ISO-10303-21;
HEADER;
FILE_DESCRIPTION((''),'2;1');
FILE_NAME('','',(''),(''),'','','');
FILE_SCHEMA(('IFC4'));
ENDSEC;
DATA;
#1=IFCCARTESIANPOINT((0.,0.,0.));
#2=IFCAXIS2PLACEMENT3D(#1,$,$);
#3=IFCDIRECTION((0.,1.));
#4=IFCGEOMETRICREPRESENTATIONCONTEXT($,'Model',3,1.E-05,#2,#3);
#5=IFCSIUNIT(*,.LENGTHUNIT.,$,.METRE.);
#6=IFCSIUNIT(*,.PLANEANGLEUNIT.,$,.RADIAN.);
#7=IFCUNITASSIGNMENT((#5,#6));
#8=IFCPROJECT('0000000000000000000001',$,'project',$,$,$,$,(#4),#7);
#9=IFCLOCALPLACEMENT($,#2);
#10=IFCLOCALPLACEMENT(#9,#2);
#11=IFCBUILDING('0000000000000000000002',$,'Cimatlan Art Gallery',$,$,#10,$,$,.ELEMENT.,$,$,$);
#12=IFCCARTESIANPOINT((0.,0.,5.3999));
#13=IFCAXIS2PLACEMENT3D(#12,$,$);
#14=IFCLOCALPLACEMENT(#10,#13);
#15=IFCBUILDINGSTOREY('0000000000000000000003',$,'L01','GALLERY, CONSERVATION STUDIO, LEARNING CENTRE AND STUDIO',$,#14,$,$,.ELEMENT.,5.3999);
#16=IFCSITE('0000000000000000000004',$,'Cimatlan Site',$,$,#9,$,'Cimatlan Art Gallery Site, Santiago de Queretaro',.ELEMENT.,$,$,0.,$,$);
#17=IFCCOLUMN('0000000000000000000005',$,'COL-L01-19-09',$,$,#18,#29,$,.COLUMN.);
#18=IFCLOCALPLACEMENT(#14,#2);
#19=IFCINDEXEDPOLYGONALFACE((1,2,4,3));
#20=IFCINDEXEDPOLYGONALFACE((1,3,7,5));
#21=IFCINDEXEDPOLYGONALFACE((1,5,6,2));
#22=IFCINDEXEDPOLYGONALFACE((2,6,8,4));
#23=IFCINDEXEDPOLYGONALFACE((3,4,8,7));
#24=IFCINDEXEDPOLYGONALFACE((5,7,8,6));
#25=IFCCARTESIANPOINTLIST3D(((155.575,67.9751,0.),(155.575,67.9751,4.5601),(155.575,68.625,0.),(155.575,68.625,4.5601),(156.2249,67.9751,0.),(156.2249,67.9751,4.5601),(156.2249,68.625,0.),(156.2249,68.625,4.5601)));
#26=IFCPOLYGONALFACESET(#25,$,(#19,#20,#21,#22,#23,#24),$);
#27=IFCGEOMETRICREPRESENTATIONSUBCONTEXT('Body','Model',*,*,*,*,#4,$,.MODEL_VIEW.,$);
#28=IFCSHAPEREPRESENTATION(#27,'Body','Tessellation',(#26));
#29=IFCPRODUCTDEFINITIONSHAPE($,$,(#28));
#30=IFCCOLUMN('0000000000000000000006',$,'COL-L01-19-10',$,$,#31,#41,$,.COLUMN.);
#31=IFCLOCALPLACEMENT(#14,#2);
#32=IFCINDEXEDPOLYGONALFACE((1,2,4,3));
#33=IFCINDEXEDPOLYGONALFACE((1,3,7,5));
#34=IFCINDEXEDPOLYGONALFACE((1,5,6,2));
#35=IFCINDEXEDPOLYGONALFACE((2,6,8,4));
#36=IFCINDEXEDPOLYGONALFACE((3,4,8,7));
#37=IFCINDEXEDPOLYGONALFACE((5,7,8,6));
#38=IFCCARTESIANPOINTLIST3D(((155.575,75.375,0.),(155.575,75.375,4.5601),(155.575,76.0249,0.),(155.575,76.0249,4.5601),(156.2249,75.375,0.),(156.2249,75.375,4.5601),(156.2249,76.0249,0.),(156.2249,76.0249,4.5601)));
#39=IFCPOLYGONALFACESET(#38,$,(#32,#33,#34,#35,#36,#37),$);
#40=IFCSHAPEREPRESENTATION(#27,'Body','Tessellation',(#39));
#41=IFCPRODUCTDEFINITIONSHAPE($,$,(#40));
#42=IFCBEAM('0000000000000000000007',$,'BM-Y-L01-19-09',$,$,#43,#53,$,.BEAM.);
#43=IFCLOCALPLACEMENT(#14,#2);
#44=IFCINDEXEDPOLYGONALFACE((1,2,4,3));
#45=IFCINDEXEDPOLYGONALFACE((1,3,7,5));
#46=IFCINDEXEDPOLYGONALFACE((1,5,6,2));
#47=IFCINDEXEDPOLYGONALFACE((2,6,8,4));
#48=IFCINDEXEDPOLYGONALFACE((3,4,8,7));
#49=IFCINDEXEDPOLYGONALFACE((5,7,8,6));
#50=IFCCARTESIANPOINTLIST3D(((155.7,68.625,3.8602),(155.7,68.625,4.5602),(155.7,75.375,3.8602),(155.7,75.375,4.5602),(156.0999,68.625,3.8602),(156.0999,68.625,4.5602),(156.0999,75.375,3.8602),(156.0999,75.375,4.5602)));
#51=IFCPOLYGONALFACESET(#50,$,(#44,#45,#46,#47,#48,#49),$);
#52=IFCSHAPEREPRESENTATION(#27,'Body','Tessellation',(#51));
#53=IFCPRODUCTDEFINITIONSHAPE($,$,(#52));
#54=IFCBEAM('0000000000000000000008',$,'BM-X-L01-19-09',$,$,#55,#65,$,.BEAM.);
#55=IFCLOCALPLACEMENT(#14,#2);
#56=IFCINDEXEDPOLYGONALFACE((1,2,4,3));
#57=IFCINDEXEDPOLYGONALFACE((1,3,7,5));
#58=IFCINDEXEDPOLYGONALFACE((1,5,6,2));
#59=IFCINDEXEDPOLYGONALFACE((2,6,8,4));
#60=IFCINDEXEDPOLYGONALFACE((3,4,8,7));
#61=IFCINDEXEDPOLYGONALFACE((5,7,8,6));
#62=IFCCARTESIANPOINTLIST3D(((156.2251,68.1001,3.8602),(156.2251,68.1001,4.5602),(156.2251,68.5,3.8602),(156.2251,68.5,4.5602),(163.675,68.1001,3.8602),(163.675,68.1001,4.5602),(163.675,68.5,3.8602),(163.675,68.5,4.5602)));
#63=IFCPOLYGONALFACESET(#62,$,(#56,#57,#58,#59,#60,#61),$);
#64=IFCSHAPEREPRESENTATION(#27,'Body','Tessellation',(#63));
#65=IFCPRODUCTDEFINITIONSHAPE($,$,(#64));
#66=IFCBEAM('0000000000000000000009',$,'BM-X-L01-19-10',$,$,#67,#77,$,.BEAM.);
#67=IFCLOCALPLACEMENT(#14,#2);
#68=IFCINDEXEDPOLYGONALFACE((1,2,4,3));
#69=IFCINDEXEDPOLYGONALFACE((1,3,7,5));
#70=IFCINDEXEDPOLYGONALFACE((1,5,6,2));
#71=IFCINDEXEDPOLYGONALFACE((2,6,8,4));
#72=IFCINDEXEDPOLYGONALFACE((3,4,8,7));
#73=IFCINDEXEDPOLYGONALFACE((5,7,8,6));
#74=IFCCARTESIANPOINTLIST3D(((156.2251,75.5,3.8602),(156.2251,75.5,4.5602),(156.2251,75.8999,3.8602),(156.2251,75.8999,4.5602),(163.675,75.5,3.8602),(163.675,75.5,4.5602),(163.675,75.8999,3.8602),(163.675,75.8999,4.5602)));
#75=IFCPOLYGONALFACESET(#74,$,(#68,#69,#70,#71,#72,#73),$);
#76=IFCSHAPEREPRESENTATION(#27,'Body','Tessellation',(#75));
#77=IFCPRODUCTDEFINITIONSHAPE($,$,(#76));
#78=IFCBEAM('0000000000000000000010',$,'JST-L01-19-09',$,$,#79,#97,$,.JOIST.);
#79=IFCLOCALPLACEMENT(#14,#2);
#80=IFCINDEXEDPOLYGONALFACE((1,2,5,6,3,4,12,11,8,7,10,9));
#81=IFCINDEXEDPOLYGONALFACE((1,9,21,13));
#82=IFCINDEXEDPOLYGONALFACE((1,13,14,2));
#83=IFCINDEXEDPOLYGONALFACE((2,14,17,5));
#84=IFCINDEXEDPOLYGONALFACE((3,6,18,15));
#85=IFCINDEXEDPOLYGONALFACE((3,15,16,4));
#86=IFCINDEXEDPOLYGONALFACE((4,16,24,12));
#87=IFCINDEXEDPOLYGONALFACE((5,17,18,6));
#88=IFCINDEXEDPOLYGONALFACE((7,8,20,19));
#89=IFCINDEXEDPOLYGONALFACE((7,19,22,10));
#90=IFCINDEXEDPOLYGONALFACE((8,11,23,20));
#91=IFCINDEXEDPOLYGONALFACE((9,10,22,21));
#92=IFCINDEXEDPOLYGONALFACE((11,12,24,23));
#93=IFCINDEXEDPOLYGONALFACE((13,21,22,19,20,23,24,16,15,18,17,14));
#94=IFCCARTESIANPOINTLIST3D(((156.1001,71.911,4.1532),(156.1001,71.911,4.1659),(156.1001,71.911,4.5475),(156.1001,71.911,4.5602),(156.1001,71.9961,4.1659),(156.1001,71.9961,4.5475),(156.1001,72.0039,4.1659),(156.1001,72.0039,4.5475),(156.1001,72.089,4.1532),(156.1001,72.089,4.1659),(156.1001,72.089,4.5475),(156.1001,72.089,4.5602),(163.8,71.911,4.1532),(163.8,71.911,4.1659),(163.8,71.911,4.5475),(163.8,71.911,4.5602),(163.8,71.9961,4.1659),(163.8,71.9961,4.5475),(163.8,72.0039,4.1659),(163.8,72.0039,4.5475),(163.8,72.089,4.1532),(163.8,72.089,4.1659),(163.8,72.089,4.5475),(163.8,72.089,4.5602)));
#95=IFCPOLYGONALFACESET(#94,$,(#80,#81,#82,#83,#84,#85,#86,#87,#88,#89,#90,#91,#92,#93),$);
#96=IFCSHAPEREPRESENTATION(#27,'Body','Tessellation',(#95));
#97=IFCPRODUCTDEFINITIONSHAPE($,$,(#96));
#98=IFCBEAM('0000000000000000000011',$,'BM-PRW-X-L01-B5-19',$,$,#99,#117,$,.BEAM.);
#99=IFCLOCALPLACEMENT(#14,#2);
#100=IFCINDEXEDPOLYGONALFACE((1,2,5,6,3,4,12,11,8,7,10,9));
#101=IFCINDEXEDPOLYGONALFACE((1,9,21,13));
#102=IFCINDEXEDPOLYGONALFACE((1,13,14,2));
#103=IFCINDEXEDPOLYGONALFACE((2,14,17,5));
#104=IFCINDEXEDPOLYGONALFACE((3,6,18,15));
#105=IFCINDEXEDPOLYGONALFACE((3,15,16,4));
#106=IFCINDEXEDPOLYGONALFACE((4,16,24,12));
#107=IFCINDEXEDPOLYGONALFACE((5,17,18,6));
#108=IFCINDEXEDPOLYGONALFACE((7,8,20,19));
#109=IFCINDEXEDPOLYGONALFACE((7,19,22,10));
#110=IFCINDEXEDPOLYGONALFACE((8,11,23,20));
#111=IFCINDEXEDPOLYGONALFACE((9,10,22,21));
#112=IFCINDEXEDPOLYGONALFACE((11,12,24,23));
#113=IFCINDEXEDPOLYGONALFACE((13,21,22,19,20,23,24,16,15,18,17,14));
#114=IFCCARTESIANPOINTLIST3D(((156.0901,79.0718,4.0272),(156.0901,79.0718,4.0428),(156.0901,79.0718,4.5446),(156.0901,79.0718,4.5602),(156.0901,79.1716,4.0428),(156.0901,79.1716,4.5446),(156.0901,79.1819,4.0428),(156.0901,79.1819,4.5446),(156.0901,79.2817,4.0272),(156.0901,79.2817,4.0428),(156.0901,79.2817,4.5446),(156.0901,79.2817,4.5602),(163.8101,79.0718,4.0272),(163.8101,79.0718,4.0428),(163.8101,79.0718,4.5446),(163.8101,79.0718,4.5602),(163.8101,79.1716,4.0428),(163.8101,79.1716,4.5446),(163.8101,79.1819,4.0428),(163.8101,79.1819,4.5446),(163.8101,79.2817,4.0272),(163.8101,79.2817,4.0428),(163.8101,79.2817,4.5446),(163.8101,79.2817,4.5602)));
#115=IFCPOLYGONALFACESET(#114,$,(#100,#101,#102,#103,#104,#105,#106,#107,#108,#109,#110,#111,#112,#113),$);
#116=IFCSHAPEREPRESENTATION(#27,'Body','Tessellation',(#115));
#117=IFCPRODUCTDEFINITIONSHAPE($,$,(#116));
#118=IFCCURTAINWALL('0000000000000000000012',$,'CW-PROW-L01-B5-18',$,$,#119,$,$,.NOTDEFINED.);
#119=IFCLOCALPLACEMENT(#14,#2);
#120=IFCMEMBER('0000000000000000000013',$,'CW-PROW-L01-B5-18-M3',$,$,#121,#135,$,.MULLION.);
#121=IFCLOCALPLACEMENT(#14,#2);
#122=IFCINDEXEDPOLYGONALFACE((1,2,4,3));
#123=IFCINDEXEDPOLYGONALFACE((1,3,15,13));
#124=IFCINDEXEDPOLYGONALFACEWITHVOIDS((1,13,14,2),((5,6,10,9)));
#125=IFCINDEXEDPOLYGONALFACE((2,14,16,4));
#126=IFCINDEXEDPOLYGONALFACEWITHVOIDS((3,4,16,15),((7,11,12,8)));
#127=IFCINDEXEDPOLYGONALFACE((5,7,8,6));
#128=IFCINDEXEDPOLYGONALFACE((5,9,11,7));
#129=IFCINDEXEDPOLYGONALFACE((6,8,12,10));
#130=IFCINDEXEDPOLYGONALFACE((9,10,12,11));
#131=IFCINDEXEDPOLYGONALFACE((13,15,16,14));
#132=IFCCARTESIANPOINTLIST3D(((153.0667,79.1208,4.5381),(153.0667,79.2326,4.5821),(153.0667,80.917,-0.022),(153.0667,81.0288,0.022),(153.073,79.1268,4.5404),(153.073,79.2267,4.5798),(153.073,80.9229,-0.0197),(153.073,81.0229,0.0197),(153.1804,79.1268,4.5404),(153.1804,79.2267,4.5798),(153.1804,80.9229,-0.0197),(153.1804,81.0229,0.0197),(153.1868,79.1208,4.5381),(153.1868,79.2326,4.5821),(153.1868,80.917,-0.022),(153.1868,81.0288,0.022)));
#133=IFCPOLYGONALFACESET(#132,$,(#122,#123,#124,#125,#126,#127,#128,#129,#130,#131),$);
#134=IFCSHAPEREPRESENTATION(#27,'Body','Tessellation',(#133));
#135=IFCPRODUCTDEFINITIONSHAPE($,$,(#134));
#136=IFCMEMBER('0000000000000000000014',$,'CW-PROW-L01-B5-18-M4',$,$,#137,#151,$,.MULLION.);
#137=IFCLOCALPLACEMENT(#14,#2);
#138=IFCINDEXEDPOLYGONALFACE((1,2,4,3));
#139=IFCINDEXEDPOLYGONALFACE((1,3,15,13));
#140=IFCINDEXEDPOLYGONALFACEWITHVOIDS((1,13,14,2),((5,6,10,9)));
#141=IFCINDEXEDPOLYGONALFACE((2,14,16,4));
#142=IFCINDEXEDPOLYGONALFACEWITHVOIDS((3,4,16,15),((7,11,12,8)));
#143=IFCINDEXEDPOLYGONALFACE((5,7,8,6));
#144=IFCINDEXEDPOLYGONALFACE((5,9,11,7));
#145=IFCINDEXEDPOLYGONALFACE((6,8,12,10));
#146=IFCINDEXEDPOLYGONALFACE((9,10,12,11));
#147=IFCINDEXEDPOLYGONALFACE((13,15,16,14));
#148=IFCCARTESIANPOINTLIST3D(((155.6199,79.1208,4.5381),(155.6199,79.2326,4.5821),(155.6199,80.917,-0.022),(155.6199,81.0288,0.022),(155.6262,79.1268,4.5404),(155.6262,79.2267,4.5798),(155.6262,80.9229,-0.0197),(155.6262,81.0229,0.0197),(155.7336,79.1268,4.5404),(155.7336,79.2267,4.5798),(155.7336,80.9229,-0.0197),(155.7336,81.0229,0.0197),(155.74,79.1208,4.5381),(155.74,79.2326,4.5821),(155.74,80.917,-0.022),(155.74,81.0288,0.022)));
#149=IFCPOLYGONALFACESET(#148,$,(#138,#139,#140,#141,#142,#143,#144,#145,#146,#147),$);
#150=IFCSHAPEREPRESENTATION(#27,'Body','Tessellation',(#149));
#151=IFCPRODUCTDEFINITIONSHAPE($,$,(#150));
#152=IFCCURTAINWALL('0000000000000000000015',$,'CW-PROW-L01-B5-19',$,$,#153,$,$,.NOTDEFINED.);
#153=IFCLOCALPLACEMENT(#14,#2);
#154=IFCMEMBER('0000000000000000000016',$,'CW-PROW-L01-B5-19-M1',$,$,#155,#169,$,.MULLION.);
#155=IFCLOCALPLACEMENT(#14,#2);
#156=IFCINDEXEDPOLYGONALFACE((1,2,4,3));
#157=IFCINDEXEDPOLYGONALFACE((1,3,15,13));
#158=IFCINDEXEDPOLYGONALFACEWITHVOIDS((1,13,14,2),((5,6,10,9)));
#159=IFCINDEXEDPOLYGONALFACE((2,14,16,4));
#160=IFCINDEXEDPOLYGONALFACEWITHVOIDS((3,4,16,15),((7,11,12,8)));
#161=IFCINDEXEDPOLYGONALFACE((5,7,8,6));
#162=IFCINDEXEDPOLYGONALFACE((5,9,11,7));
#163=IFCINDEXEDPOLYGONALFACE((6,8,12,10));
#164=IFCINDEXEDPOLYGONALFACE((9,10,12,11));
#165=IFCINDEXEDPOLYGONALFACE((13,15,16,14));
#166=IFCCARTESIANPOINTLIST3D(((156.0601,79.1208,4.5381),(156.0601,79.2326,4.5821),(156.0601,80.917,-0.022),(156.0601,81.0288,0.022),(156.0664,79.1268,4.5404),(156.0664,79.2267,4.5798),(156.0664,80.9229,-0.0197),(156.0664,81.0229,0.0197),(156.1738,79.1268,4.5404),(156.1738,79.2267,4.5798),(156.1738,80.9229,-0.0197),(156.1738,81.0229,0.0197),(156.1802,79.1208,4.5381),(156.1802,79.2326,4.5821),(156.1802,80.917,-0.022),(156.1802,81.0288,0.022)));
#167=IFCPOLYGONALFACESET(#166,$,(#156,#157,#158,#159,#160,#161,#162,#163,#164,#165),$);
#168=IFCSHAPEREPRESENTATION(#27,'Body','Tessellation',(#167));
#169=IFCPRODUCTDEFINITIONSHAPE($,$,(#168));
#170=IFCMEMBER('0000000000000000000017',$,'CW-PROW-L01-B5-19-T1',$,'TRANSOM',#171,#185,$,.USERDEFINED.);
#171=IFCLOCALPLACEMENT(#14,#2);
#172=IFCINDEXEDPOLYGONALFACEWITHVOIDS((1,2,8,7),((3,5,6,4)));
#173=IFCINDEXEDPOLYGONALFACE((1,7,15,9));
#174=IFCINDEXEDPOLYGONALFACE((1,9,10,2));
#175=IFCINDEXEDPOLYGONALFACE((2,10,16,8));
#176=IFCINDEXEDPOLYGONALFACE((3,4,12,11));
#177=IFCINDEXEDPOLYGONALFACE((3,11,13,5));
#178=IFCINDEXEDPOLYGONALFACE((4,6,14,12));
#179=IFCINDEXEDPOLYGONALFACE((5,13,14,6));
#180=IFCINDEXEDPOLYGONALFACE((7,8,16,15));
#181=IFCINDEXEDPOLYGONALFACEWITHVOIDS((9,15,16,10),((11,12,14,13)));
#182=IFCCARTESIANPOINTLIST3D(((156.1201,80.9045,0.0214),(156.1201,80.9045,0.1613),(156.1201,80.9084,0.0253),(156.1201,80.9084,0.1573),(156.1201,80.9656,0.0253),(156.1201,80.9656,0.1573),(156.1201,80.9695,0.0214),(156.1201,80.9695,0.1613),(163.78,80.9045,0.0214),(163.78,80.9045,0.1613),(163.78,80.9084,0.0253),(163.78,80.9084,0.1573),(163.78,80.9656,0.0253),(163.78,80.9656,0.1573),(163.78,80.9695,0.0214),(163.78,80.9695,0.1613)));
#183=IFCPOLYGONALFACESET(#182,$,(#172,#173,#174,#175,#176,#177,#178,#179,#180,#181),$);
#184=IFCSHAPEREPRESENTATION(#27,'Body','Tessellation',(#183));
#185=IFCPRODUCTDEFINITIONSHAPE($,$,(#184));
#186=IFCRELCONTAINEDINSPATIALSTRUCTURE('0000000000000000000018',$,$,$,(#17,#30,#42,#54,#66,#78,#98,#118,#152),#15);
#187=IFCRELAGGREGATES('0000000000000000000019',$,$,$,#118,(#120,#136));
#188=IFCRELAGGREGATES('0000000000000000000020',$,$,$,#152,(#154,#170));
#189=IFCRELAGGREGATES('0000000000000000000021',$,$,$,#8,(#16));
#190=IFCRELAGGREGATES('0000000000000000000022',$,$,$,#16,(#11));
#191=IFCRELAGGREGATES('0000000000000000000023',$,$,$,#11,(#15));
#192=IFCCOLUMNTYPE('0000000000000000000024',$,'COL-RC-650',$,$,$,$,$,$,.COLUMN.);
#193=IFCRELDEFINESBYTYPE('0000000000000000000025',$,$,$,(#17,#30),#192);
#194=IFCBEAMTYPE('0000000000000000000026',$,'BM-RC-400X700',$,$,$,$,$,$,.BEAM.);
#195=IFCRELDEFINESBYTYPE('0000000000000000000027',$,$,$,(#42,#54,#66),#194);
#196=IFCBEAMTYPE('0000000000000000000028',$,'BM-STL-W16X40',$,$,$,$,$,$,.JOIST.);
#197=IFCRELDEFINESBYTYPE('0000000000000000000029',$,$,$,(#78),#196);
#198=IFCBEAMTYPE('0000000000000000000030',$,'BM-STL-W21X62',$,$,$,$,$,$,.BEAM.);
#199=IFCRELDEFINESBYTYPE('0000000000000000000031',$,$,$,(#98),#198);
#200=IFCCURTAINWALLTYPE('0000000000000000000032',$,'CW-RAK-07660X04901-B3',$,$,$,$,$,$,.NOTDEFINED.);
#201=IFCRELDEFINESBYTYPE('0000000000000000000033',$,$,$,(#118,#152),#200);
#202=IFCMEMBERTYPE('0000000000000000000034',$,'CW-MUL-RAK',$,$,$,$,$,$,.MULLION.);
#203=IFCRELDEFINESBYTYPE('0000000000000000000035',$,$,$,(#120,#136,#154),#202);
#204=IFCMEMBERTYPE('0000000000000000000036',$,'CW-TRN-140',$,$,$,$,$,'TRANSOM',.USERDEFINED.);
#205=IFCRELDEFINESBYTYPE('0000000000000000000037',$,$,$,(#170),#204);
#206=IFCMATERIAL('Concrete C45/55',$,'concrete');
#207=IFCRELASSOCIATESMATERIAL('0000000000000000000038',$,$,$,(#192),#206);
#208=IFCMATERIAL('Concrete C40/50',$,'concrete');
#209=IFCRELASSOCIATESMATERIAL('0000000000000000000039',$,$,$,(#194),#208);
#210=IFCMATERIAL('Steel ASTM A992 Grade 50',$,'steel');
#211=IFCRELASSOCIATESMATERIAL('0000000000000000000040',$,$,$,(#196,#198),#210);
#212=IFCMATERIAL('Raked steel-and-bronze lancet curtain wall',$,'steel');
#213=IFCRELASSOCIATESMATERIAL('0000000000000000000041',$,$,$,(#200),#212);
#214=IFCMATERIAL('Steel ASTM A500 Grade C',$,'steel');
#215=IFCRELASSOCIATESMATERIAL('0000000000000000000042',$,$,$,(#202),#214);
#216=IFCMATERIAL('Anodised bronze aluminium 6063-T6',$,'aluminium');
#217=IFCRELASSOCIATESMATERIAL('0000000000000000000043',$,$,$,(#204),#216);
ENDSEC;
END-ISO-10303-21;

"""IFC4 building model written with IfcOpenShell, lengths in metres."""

from ifc_helpers import new_model, si_unit, direction, frame, origin, origin_2d, place, context, subcontext, project, spatial, rectangle, hollow_rectangle, i_section, extrude, material, material_profile, profile_set, type_object, element, aggregate, save


model = new_model("IFC4")

# Units and contexts
model_context = context("Model", 3, precision=1e-05, world=origin(), true_north=direction((0.0, 1.0)))
body_context = subcontext(model_context, "Body", "Model", "MODEL_VIEW")
ifc_project = project(units=[si_unit("LENGTHUNIT", "METRE"), si_unit("PLANEANGLEUNIT", "RADIAN")], contexts=[model_context])

# Site, building, storey
site_placement = place(None, origin())
site = spatial("IfcSite", under=ifc_project, at=site_placement, Name="Cimatlan Site", LongName="Cimatlan Art Gallery Site, Santiago de Queretaro", CompositionType="ELEMENT", RefElevation=0.0)
building_placement = place(site_placement, origin())
building = spatial("IfcBuilding", under=site, at=building_placement, Name="Cimatlan Art Gallery", CompositionType="ELEMENT")
storey_placement = place(building_placement, frame((0.0, 0.0, 5.3999)))
storey = spatial("IfcBuildingStorey", under=building, at=storey_placement, Name="L01", Description="GALLERY, CONSERVATION STUDIO, LEARNING CENTRE AND STUDIO", CompositionType="ELEMENT", Elevation=5.3999)

# Columns
ifc_material_1 = material(Name="Concrete C45/55", Category="concrete")
ifc_material_profile_1 = material_profile(ifc_material_1, rectangle(XDim=0.6499, YDim=0.6499, at=origin_2d()), Name="RC650X650")
ifc_profile_set_1 = profile_set([ifc_material_profile_1], Name="Concrete C45/55")
column_type = type_object("IfcColumnType", Name="COL-RC-650", PredefinedType="COLUMN", material=ifc_profile_set_1)
for number, where, z_axis, x_axis, name in (
    (1, (155.8999, 68.3, 0.0), (0.0, 0.0, 1.0), (1.0, 0.0, 0.0), "COL-L01-19-09"),
    (2, (155.8999, 75.7, 0.0), (0.0, 0.0, 1.0), (1.0, 0.0, 0.0), "COL-L01-19-10"),
):
    element("IfcColumn", number, at=place(storey_placement, frame(where, z_axis=z_axis, x_axis=x_axis)), inside=storey, type_object=column_type, Name=name, PredefinedType="COLUMN", context=body_context, shape_type="SweptSolid", body=[
        extrude(rectangle(XDim=0.6499, YDim=0.6499, at=origin_2d()), origin(), (0.0, 0.0, 1.0), 4.5601),
    ])

# Beams
ifc_material_2 = material(Name="Concrete C40/50", Category="concrete")
ifc_material_profile_2 = material_profile(ifc_material_2, rectangle(XDim=0.3999, YDim=0.7, at=origin_2d()), Name="RC400X700")
ifc_profile_set_2 = profile_set([ifc_material_profile_2], Name="Concrete C40/50")
beam_type_1 = type_object("IfcBeamType", Name="BM-RC-400X700", PredefinedType="BEAM", material=ifc_profile_set_2)
beam_1_placement = place(storey_placement, frame((155.8999, 68.625, 4.2102), z_axis=(0.0, 1.0, 0.0), x_axis=(-1.0, 0.0, 0.0)))
element("IfcBeam", 3, at=beam_1_placement, inside=storey, type_object=beam_type_1, Name="BM-Y-L01-19-09", PredefinedType="BEAM", context=body_context, shape_type="SweptSolid", body=[
    extrude(rectangle(XDim=0.3999, YDim=0.7, at=origin_2d()), origin(), (0.0, 0.0, 1.0), 6.75),
])
for number, where, z_axis, x_axis, name in (
    (4, (156.2251, 68.3, 4.2102), (1.0, 0.0, 0.0), (0.0, 1.0, 0.0), "BM-X-L01-19-09"),
    (5, (156.2251, 75.7, 4.2102), (1.0, 0.0, 0.0), (0.0, 1.0, 0.0), "BM-X-L01-19-10"),
):
    element("IfcBeam", number, at=place(storey_placement, frame(where, z_axis=z_axis, x_axis=x_axis)), inside=storey, type_object=beam_type_1, Name=name, PredefinedType="BEAM", context=body_context, shape_type="SweptSolid", body=[
        extrude(rectangle(XDim=0.3999, YDim=0.7, at=origin_2d()), origin(), (0.0, 0.0, 1.0), 7.45),
    ])
ifc_material_3 = material(Name="Steel ASTM A992 Grade 50", Category="steel")
ifc_material_profile_3 = material_profile(ifc_material_3, i_section(OverallWidth=0.178, OverallDepth=0.407, WebThickness=0.0078, FlangeThickness=0.0127, at=origin_2d()), Name="W16X40")
ifc_profile_set_3 = profile_set([ifc_material_profile_3], Name="Steel ASTM A992 Grade 50")
beam_type_2 = type_object("IfcBeamType", Name="BM-STL-W16X40", PredefinedType="JOIST", material=ifc_profile_set_3)
beam_2_placement = place(storey_placement, frame((156.1001, 72.0, 4.3567), z_axis=(1.0, 0.0, 0.0), x_axis=(0.0, 1.0, 0.0)))
element("IfcBeam", 6, at=beam_2_placement, inside=storey, type_object=beam_type_2, Name="JST-L01-19-09", PredefinedType="JOIST", context=body_context, shape_type="SweptSolid", body=[
    extrude(i_section(OverallWidth=0.178, OverallDepth=0.407, WebThickness=0.0078, FlangeThickness=0.0127, at=origin_2d()), origin(), (0.0, 0.0, 1.0), 7.7),
])
ifc_material_profile_4 = material_profile(ifc_material_3, i_section(OverallWidth=0.21, OverallDepth=0.533, WebThickness=0.0103, FlangeThickness=0.0156, at=origin_2d()), Name="W21X62")
ifc_profile_set_4 = profile_set([ifc_material_profile_4], Name="Steel ASTM A992 Grade 50")
beam_type_3 = type_object("IfcBeamType", Name="BM-STL-W21X62", PredefinedType="BEAM", material=ifc_profile_set_4)
beam_3_placement = place(storey_placement, frame((156.0901, 79.1768, 4.2937), z_axis=(1.0, 0.0, 0.0), x_axis=(0.0, 1.0, 0.0)))
element("IfcBeam", 7, at=beam_3_placement, inside=storey, type_object=beam_type_3, Name="BM-PRW-X-L01-B5-19", PredefinedType="BEAM", context=body_context, shape_type="SweptSolid", body=[
    extrude(i_section(OverallWidth=0.21, OverallDepth=0.533, WebThickness=0.0103, FlangeThickness=0.0156, at=origin_2d()), origin(), (0.0, 0.0, 1.0), 7.72),
])

# Curtain walls, members
ifc_material_4 = material(Name="Raked steel-and-bronze lancet curtain wall", Category="steel")
curtain_wall_type = type_object("IfcCurtainWallType", Name="CW-RAK-07660X04901-B3", PredefinedType="NOTDEFINED", material=ifc_material_4)
curtain_wall_1_placement = place(storey_placement, origin())
curtain_wall_1 = element("IfcCurtainWall", 8, at=curtain_wall_1_placement, inside=storey, type_object=curtain_wall_type, Name="CW-PROW-L01-B5-18", PredefinedType="NOTDEFINED")
ifc_material_5 = material(Name="Steel ASTM A500 Grade C", Category="steel")
ifc_material_profile_5 = material_profile(ifc_material_5, hollow_rectangle(XDim=0.1201, YDim=0.1201, WallThickness=0.0063, at=origin_2d()), Name="HSS120X120X6")
ifc_profile_set_5 = profile_set([ifc_material_profile_5], Name="Steel ASTM A500 Grade C")
member_type_1 = type_object("IfcMemberType", Name="CW-MUL-RAK", PredefinedType="MULLION", material=ifc_profile_set_5)
member_1_placement = place(storey_placement, frame((153.1267, 80.9729, 0.0), z_axis=(0.0, -0.366481, 0.930425), x_axis=(1.0, 0.0, 0.0)))
member_1 = element("IfcMember", 9, at=member_1_placement, type_object=member_type_1, Name="CW-PROW-L01-B5-18-M3", PredefinedType="MULLION", context=body_context, shape_type="SweptSolid", body=[
    extrude(hollow_rectangle(XDim=0.1201, YDim=0.1201, WallThickness=0.0063, at=origin_2d()), origin(), (0.0, 0.0, 1.0), 4.9011),
])
member_2_placement = place(storey_placement, frame((155.6799, 80.9729, 0.0), z_axis=(0.0, -0.366481, 0.930425), x_axis=(1.0, 0.0, 0.0)))
member_2 = element("IfcMember", 10, at=member_2_placement, type_object=member_type_1, Name="CW-PROW-L01-B5-18-M4", PredefinedType="MULLION", context=body_context, shape_type="SweptSolid", body=[
    extrude(hollow_rectangle(XDim=0.1201, YDim=0.1201, WallThickness=0.0063, at=origin_2d()), origin(), (0.0, 0.0, 1.0), 4.9011),
])
curtain_wall_2_placement = place(storey_placement, origin())
curtain_wall_2 = element("IfcCurtainWall", 11, at=curtain_wall_2_placement, inside=storey, type_object=curtain_wall_type, Name="CW-PROW-L01-B5-19", PredefinedType="NOTDEFINED")
member_3_placement = place(storey_placement, frame((156.1201, 80.9729, 0.0), z_axis=(0.0, -0.366481, 0.930425), x_axis=(1.0, 0.0, 0.0)))
member_3 = element("IfcMember", 12, at=member_3_placement, type_object=member_type_1, Name="CW-PROW-L01-B5-19-M1", PredefinedType="MULLION", context=body_context, shape_type="SweptSolid", body=[
    extrude(hollow_rectangle(XDim=0.1201, YDim=0.1201, WallThickness=0.0063, at=origin_2d()), origin(), (0.0, 0.0, 1.0), 4.9011),
])
ifc_material_6 = material(Name="Anodised bronze aluminium 6063-T6", Category="aluminium")
ifc_material_profile_6 = material_profile(ifc_material_6, hollow_rectangle(XDim=0.0649, YDim=0.1399, WallThickness=0.0039, at=origin_2d()), Name="ALU65X140X4")
ifc_profile_set_6 = profile_set([ifc_material_profile_6], Name="Anodised bronze aluminium 6063-T6")
member_type_2 = type_object("IfcMemberType", Name="CW-TRN-140", ElementType="TRANSOM", PredefinedType="USERDEFINED", material=ifc_profile_set_6)
member_4_placement = place(storey_placement, frame((156.1201, 80.937, 0.0913), z_axis=(1.0, 0.0, 0.0), x_axis=(0.0, 1.0, 0.0)))
member_4 = element("IfcMember", 13, at=member_4_placement, type_object=member_type_2, Name="CW-PROW-L01-B5-19-T1", ObjectType="TRANSOM", PredefinedType="USERDEFINED", context=body_context, shape_type="SweptSolid", body=[
    extrude(hollow_rectangle(XDim=0.0649, YDim=0.1399, WallThickness=0.0039, at=origin_2d()), origin(), (0.0, 0.0, 1.0), 7.6599),
])

aggregate(curtain_wall_1, [member_1, member_2])
aggregate(curtain_wall_2, [member_3, member_4])

save(model, "model.ifc")
